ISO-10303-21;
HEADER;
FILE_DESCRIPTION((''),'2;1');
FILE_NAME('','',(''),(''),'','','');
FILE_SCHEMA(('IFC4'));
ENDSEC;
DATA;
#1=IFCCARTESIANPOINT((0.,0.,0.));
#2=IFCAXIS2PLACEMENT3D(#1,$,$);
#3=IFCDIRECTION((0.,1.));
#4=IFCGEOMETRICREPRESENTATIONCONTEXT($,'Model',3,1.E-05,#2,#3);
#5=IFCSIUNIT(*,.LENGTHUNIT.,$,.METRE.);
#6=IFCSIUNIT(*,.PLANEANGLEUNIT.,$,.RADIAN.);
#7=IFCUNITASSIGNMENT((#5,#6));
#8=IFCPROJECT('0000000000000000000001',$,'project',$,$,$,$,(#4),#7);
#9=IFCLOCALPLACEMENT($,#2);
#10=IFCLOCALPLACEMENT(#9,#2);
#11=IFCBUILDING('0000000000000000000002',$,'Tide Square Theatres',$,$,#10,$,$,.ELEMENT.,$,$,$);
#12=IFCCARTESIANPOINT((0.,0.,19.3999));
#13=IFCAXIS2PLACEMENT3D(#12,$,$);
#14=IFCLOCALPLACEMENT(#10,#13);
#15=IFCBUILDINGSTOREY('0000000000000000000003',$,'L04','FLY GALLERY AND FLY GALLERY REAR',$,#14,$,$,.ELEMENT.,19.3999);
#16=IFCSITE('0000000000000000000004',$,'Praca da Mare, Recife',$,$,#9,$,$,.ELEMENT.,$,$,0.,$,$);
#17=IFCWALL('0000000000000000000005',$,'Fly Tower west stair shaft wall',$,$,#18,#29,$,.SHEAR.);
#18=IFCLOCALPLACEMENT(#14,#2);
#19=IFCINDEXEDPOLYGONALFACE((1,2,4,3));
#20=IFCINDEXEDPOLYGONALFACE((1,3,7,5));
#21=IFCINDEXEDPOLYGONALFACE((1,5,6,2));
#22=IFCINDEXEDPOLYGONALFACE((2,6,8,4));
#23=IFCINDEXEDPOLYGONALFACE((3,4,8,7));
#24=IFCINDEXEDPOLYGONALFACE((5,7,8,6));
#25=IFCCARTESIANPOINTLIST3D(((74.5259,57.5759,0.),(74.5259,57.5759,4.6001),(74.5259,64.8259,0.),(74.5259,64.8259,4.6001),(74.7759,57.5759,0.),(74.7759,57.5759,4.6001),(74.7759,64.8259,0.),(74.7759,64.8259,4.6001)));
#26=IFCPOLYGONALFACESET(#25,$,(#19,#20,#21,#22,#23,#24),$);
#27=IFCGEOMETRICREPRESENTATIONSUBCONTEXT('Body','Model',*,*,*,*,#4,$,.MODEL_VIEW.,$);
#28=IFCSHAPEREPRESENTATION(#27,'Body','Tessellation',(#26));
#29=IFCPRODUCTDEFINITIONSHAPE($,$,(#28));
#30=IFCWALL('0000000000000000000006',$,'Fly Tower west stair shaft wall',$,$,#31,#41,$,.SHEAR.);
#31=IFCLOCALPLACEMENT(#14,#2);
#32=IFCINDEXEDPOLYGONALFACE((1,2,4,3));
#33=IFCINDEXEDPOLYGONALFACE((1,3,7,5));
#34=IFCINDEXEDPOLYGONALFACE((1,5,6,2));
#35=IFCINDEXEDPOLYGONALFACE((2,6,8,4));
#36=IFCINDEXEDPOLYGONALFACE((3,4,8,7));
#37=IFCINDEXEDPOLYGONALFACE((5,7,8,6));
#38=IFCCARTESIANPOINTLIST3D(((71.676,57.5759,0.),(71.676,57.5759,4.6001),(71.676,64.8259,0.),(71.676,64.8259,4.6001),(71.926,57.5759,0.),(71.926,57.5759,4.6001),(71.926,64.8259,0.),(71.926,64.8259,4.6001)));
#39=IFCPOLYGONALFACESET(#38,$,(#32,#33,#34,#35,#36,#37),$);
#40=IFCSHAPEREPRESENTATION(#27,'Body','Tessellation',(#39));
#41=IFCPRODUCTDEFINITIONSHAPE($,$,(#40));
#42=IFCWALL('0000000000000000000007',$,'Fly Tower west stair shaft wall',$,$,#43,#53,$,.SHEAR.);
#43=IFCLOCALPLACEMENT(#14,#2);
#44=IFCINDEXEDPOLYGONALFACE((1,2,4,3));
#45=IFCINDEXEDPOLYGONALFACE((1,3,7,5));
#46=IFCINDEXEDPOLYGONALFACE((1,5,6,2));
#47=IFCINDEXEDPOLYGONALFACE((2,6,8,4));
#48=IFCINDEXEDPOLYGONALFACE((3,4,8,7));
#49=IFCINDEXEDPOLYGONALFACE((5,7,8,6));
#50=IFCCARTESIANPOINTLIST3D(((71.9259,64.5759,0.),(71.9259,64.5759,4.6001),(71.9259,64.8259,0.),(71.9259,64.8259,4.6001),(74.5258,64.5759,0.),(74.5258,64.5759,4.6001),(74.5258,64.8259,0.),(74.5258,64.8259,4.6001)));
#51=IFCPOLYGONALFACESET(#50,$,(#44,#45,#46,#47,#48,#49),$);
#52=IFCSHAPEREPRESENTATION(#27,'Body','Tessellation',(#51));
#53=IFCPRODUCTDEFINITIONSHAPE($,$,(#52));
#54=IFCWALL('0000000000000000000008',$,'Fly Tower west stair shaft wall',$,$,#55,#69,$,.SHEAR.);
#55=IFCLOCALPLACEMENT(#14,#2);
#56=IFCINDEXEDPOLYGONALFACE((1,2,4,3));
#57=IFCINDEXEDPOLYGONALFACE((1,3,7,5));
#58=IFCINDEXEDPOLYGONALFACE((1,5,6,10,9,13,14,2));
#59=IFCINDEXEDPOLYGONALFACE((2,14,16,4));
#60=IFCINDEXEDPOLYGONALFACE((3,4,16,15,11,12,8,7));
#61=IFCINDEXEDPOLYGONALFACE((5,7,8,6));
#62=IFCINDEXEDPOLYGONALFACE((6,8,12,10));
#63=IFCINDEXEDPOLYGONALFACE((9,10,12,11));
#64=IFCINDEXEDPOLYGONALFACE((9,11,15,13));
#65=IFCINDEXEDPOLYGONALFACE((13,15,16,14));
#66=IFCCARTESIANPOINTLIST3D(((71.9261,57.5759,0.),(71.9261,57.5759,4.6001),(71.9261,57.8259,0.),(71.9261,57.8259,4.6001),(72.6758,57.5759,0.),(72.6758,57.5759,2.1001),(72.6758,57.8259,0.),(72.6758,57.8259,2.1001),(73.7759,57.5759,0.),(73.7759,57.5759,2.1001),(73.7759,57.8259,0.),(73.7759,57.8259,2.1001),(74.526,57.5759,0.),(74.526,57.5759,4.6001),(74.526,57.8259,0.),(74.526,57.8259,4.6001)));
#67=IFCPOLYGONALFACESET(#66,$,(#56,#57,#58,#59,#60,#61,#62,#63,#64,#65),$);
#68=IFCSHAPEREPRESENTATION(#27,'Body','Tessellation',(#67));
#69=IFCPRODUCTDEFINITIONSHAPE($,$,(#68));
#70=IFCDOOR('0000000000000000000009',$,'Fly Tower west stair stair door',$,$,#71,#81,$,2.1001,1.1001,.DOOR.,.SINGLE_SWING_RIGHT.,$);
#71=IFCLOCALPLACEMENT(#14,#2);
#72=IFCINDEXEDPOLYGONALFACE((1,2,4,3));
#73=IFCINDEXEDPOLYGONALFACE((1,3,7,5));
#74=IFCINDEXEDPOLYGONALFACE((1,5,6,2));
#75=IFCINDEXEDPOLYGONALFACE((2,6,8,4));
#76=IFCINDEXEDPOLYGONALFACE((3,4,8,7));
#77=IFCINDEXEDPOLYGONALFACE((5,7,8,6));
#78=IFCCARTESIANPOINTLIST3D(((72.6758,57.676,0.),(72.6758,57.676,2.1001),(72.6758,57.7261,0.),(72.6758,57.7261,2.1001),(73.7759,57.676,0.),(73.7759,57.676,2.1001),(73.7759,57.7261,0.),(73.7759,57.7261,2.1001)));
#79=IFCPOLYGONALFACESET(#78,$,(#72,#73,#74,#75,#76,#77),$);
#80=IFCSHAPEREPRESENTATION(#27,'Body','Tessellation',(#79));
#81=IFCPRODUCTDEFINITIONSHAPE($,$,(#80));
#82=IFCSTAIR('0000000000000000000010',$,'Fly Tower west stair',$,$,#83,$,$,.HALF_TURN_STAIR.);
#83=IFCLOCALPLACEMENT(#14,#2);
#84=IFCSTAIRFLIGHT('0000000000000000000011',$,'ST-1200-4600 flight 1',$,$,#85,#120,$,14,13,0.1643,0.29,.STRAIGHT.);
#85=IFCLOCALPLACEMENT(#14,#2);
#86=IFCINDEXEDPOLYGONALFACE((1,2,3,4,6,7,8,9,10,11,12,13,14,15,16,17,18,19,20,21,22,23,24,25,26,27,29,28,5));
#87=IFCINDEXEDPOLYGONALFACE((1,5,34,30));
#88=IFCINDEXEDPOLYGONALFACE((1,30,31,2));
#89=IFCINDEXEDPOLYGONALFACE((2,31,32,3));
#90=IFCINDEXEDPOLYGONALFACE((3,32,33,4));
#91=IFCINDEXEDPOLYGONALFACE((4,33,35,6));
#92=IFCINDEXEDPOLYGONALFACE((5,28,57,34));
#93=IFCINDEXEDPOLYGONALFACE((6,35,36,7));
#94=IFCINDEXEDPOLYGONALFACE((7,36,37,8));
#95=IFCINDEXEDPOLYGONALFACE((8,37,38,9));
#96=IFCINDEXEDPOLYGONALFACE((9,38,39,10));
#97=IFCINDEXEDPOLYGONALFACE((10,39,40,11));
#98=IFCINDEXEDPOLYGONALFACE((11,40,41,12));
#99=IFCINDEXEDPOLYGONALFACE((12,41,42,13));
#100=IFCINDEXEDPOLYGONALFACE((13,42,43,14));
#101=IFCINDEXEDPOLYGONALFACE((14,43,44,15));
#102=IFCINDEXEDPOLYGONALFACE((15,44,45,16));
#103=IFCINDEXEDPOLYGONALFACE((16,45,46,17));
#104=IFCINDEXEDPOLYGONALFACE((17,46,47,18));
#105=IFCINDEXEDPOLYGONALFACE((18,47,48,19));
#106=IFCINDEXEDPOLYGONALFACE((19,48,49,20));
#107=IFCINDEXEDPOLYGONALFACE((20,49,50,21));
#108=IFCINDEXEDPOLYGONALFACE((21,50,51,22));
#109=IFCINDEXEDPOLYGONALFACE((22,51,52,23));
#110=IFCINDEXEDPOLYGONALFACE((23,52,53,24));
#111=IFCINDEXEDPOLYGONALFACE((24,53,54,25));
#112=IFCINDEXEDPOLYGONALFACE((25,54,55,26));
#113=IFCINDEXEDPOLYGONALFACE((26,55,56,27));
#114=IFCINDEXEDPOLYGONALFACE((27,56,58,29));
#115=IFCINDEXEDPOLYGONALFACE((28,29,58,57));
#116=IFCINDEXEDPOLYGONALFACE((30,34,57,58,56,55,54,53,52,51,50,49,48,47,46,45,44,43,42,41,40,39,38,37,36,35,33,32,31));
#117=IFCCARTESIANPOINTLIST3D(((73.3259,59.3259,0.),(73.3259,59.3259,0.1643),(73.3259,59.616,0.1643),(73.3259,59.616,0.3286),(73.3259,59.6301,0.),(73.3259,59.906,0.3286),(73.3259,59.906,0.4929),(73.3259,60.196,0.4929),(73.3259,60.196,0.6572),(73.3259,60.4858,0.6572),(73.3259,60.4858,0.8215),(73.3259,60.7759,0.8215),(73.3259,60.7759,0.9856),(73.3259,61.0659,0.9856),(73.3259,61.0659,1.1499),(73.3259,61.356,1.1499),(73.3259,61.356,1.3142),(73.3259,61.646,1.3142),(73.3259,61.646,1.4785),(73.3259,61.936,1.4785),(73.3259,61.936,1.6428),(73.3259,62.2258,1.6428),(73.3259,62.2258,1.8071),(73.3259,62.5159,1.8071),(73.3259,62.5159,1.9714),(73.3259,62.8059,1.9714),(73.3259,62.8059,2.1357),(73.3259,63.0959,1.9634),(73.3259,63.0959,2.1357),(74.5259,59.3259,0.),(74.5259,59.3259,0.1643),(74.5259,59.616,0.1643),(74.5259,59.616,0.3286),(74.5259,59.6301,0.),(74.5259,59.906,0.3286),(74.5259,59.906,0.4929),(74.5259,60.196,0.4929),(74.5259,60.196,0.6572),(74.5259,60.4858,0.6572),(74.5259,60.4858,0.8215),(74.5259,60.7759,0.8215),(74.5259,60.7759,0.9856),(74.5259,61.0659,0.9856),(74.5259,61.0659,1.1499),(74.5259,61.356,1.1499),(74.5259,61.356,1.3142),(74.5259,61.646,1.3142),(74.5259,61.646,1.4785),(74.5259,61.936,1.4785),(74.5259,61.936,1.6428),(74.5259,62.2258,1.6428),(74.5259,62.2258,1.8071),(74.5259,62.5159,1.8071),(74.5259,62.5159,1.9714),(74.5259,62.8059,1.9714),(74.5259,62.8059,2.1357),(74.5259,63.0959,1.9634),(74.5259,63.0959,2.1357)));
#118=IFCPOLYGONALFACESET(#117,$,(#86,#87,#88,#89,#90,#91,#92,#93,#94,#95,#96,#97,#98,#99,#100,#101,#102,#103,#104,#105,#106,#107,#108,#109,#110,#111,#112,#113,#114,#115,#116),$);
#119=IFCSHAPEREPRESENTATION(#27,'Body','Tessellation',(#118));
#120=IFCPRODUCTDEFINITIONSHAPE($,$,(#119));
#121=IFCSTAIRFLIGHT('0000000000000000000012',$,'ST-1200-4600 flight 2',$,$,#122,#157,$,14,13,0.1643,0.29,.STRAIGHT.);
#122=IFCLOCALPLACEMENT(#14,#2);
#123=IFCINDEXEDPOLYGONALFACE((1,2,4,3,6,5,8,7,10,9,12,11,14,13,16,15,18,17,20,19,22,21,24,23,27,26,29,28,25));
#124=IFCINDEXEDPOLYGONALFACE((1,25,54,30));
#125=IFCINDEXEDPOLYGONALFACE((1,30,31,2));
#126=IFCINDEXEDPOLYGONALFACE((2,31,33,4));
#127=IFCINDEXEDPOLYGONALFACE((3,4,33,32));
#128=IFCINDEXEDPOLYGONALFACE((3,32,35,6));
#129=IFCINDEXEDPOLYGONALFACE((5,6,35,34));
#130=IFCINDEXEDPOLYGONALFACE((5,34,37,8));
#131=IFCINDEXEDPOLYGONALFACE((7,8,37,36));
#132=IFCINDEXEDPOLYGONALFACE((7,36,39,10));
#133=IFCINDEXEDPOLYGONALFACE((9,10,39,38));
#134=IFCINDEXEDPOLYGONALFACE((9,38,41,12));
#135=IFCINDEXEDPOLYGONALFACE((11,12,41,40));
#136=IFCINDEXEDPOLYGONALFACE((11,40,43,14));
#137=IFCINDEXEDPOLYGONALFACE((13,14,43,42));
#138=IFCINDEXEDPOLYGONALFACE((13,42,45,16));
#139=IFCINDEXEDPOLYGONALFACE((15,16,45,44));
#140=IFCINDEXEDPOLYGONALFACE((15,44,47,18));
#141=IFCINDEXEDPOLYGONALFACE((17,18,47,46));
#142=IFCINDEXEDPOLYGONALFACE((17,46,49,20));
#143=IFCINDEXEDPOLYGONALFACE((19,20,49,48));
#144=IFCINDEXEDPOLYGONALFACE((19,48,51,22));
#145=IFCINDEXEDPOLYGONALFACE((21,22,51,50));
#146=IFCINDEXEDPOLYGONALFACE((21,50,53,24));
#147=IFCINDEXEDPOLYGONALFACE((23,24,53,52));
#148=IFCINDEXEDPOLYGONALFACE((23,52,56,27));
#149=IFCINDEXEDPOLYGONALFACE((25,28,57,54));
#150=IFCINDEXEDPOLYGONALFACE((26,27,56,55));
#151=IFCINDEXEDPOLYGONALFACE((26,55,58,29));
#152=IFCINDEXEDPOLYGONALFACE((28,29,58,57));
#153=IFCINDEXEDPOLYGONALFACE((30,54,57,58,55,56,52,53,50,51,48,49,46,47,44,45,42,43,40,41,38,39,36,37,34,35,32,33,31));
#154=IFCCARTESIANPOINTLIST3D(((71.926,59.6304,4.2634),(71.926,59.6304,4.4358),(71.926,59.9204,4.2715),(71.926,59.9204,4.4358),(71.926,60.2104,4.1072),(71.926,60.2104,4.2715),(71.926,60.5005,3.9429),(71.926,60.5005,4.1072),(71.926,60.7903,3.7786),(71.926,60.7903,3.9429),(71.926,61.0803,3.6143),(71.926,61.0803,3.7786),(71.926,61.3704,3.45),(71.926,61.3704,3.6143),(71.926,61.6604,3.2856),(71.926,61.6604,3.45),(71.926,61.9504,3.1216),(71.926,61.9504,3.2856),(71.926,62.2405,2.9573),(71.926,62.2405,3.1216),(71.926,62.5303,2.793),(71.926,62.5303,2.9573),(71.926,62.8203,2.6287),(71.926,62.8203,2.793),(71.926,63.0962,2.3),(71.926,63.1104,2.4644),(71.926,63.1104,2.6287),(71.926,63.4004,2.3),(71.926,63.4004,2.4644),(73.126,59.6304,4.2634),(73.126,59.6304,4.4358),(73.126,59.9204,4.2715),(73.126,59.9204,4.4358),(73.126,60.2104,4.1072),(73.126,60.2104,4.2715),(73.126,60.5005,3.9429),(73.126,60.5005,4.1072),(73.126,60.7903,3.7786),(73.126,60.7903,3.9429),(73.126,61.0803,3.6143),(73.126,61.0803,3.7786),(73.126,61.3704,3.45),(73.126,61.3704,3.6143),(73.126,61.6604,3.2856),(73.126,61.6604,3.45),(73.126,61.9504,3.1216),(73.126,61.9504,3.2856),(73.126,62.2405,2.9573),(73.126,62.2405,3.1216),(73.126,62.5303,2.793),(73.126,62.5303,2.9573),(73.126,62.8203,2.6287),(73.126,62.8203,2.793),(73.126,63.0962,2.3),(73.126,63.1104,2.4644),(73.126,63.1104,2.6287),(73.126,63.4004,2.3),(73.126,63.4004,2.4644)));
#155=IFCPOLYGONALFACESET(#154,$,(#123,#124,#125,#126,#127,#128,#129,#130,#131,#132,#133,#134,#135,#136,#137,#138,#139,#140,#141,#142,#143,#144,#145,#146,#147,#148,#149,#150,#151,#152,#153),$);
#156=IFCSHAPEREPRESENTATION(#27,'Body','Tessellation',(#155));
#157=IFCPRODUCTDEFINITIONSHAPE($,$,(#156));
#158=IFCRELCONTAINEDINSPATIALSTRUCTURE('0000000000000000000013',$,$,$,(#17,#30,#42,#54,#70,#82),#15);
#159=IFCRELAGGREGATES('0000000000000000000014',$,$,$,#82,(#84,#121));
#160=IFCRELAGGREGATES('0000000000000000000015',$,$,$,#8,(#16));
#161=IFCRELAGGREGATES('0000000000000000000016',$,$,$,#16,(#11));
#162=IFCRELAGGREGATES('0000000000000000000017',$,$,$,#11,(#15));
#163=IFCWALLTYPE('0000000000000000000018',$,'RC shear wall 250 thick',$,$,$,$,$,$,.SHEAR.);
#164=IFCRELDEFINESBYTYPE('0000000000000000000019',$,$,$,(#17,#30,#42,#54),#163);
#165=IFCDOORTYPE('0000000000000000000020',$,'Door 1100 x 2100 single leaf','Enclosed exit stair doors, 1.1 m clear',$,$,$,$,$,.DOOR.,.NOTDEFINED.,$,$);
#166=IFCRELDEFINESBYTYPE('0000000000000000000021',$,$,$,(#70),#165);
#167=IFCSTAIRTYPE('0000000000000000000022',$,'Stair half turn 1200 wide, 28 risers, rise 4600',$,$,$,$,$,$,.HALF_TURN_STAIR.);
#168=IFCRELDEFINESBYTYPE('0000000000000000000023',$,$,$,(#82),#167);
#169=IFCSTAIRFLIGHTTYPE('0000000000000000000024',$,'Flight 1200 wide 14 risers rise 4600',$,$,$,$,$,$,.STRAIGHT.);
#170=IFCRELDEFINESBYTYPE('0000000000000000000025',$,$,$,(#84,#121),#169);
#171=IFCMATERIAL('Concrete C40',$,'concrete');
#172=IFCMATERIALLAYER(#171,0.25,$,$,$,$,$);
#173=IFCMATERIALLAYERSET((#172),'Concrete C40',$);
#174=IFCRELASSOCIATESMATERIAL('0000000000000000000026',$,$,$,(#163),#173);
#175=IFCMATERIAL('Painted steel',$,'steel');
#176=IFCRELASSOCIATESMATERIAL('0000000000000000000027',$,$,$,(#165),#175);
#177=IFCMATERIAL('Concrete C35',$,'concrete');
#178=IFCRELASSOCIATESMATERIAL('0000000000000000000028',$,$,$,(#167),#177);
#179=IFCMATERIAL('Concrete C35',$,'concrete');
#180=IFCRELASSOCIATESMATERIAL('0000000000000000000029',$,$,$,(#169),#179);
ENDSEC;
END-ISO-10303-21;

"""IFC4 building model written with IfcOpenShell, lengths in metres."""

from ifc_helpers import new_model, si_unit, direction, frame, frame_2d, origin, place, context, subcontext, project, spatial, polyline, rectangle, outline, extrude, material, layer, layer_set, type_object, element, fill, aggregate, save


model = new_model("IFC4")

# Units and contexts
model_context = context("Model", 3, precision=1e-05, world=origin(), true_north=direction((0.0, 1.0)))
body_context = subcontext(model_context, "Body", "Model", "MODEL_VIEW")
ifc_project = project(units=[si_unit("LENGTHUNIT", "METRE"), si_unit("PLANEANGLEUNIT", "RADIAN")], contexts=[model_context])

# Site, building, storey
site_placement = place(None, origin())
site = spatial("IfcSite", under=ifc_project, at=site_placement, Name="Praca da Mare, Recife", CompositionType="ELEMENT", RefElevation=0.0)
building_placement = place(site_placement, origin())
building = spatial("IfcBuilding", under=site, at=building_placement, Name="Tide Square Theatres", CompositionType="ELEMENT")
storey_placement = place(building_placement, frame((0.0, 0.0, 19.3999)))
storey = spatial("IfcBuildingStorey", under=building, at=storey_placement, Name="L04", Description="FLY GALLERY AND FLY GALLERY REAR", CompositionType="ELEMENT", Elevation=19.3999)

# Walls
ifc_material_1 = material(Name="Concrete C40", Category="concrete")
ifc_layer_1 = layer(ifc_material_1, 0.25)
ifc_layer_set_1 = layer_set([ifc_layer_1], Name="Concrete C40")
wall_type = type_object("IfcWallType", Name="RC shear wall 250 thick", PredefinedType="SHEAR", material=ifc_layer_set_1)
for number, where, z_axis, x_axis, name in (
    (1, (74.6509, 57.5759, 0.0), (0.0, 0.0, 1.0), (0.0, 1.0, 0.0), "Fly Tower west stair shaft wall"),
    (2, (71.801, 64.8259, 0.0), (0.0, 0.0, 1.0), (0.0, -1.0, 0.0), "Fly Tower west stair shaft wall"),
):
    element("IfcWall", number, at=place(storey_placement, frame(where, z_axis=z_axis, x_axis=x_axis)), inside=storey, type_object=wall_type, Name=name, PredefinedType="SHEAR", context=body_context, shape_type="SweptSolid", body=[
        extrude(rectangle(XDim=7.25, YDim=0.25, at=frame_2d((3.625, 0.0))), origin(), (0.0, 0.0, 1.0), 4.6001),
    ])
wall_1_placement = place(storey_placement, frame((71.926, 64.7009, 0.0), z_axis=(0.0, 0.0, 1.0), x_axis=(1.0, 0.0, 0.0)))
element("IfcWall", 3, at=wall_1_placement, inside=storey, type_object=wall_type, Name="Fly Tower west stair shaft wall", PredefinedType="SHEAR", context=body_context, shape_type="SweptSolid", body=[
    extrude(rectangle(XDim=2.5999, YDim=0.25, at=frame_2d((1.2998, 0.0))), origin(), (0.0, 0.0, 1.0), 4.6001),
])

# Wall, opening, door
wall_2_placement = place(storey_placement, frame((74.5259, 57.7009, 0.0), z_axis=(0.0, 0.0, 1.0), x_axis=(-1.0, 0.0, 0.0)))
wall_2 = element("IfcWall", 4, at=wall_2_placement, inside=storey, type_object=wall_type, Name="Fly Tower west stair shaft wall", PredefinedType="SHEAR", context=body_context, shape_type="SweptSolid", body=[
    extrude(rectangle(XDim=2.5999, YDim=0.25, at=frame_2d((1.2998, 0.0))), origin(), (0.0, 0.0, 1.0), 4.6001),
])
opening_placement = place(wall_2_placement, frame((0.75, 0.0, 0.0)))
opening = element("IfcOpeningElement", 5, at=opening_placement, cuts=wall_2, PredefinedType="OPENING", context=body_context, shape_type="SweptSolid", body=[
    extrude(rectangle(XDim=1.1001, YDim=2.1001, at=frame_2d((0.55, 1.05))), frame((0.0, 0.135, 0.0), z_axis=(0.0, -1.0, 0.0), x_axis=(1.0, 0.0, 0.0)), (0.0, 0.0, 1.0), 0.27),
])
ifc_material_2 = material(Name="Painted steel", Category="steel")
door_type = type_object("IfcDoorType", Name="Door 1100 x 2100 single leaf", Description="Enclosed exit stair doors, 1.1 m clear", OperationType="NOTDEFINED", PredefinedType="DOOR", material=ifc_material_2)
door_placement = place(opening_placement, origin())
door = element("IfcDoor", 6, at=door_placement, inside=storey, type_object=door_type, Name="Fly Tower west stair stair door", OperationType="SINGLE_SWING_RIGHT", OverallHeight=2.1001, OverallWidth=1.1001, PredefinedType="DOOR", context=body_context, shape_type="SweptSolid", body=[
    extrude(rectangle(XDim=1.1001, YDim=2.1001, at=frame_2d((0.55, 1.05))), frame((0.0, 0.0249, 0.0), z_axis=(0.0, -1.0, 0.0), x_axis=(1.0, 0.0, 0.0)), (0.0, 0.0, 1.0), 0.05),
])
fill(opening, door)

# Stair, stair flights
ifc_material_3 = material(Name="Concrete C35", Category="concrete")
stair_type = type_object("IfcStairType", Name="Stair half turn 1200 wide, 28 risers, rise 4600", PredefinedType="HALF_TURN_STAIR", material=ifc_material_3)
stair_placement = place(storey_placement, origin())
stair = element("IfcStair", 7, at=stair_placement, inside=storey, type_object=stair_type, Name="Fly Tower west stair", PredefinedType="HALF_TURN_STAIR")
ifc_material_4 = material(Name="Concrete C35", Category="concrete")
stair_flight_type = type_object("IfcStairFlightType", Name="Flight 1200 wide 14 risers rise 4600", PredefinedType="STRAIGHT", material=ifc_material_4)
stair_flight_1_placement = place(storey_placement, frame((73.926, 59.3259, 0.0), z_axis=(0.0, 0.0, 1.0), x_axis=(0.0, 1.0, 0.0)))
stair_flight_1 = element("IfcStairFlight", 8, at=stair_flight_1_placement, type_object=stair_flight_type, Name="ST-1200-4600 flight 1", NumberOfRisers=14, NumberOfTreads=13, PredefinedType="STRAIGHT", RiserHeight=0.1643, TreadLength=0.29, context=body_context, shape_type="SweptSolid", body=[
    extrude(outline(polyline([(0.0, 0.0), (0.0, 0.1643), (0.29, 0.1643), (0.29, 0.3286), (0.5801, 0.3286), (0.5801, 0.4929), (0.8701, 0.4929), (0.8701, 0.6572), (1.1599, 0.6572), (1.1599, 0.8215), (1.45, 0.8215), (1.45, 0.9856), (1.74, 0.9856), (1.74, 1.1499), (2.03, 1.1499), (2.03, 1.3142), (2.3201, 1.3142), (2.3201, 1.4785), (2.6101, 1.4785), (2.6101, 1.6428), (2.8999, 1.6428), (2.8999, 1.8071), (3.1899, 1.8071), (3.1899, 1.9714), (3.48, 1.9714), (3.48, 2.1357), (3.77, 2.1357), (3.77, 2.3), (3.77, 1.9634), (0.3042, 0.0), (0.0, 0.0)])), frame((0.0, 0.6001, 0.0), z_axis=(0.0, -1.0, 0.0), x_axis=(1.0, 0.0, 0.0)), (0.0, 0.0, 1.0), 1.2),
])
stair_flight_2_placement = place(storey_placement, frame((72.5259, 63.4004, 2.3), z_axis=(0.0, 0.0, 1.0), x_axis=(0.0, -1.0, 0.0)))
stair_flight_2 = element("IfcStairFlight", 9, at=stair_flight_2_placement, type_object=stair_flight_type, Name="ST-1200-4600 flight 2", NumberOfRisers=14, NumberOfTreads=13, PredefinedType="STRAIGHT", RiserHeight=0.1643, TreadLength=0.29, context=body_context, shape_type="SweptSolid", body=[
    extrude(outline(polyline([(0.0, 0.0), (0.0, 0.1643), (0.29, 0.1643), (0.29, 0.3286), (0.5801, 0.3286), (0.5801, 0.4929), (0.8701, 0.4929), (0.8701, 0.6572), (1.1599, 0.6572), (1.1599, 0.8215), (1.45, 0.8215), (1.45, 0.9856), (1.74, 0.9856), (1.74, 1.1499), (2.03, 1.1499), (2.03, 1.3142), (2.3201, 1.3142), (2.3201, 1.4785), (2.6101, 1.4785), (2.6101, 1.6428), (2.8999, 1.6428), (2.8999, 1.8071), (3.1899, 1.8071), (3.1899, 1.9714), (3.48, 1.9714), (3.48, 2.1357), (3.77, 2.1357), (3.77, 2.3), (3.77, 1.9634), (0.3042, 0.0), (0.0, 0.0)])), frame((0.0, 0.6001, 0.0), z_axis=(0.0, -1.0, 0.0), x_axis=(1.0, 0.0, 0.0)), (0.0, 0.0, 1.0), 1.2),
])
aggregate(stair, [stair_flight_1, stair_flight_2])

save(model, "model.ifc")
